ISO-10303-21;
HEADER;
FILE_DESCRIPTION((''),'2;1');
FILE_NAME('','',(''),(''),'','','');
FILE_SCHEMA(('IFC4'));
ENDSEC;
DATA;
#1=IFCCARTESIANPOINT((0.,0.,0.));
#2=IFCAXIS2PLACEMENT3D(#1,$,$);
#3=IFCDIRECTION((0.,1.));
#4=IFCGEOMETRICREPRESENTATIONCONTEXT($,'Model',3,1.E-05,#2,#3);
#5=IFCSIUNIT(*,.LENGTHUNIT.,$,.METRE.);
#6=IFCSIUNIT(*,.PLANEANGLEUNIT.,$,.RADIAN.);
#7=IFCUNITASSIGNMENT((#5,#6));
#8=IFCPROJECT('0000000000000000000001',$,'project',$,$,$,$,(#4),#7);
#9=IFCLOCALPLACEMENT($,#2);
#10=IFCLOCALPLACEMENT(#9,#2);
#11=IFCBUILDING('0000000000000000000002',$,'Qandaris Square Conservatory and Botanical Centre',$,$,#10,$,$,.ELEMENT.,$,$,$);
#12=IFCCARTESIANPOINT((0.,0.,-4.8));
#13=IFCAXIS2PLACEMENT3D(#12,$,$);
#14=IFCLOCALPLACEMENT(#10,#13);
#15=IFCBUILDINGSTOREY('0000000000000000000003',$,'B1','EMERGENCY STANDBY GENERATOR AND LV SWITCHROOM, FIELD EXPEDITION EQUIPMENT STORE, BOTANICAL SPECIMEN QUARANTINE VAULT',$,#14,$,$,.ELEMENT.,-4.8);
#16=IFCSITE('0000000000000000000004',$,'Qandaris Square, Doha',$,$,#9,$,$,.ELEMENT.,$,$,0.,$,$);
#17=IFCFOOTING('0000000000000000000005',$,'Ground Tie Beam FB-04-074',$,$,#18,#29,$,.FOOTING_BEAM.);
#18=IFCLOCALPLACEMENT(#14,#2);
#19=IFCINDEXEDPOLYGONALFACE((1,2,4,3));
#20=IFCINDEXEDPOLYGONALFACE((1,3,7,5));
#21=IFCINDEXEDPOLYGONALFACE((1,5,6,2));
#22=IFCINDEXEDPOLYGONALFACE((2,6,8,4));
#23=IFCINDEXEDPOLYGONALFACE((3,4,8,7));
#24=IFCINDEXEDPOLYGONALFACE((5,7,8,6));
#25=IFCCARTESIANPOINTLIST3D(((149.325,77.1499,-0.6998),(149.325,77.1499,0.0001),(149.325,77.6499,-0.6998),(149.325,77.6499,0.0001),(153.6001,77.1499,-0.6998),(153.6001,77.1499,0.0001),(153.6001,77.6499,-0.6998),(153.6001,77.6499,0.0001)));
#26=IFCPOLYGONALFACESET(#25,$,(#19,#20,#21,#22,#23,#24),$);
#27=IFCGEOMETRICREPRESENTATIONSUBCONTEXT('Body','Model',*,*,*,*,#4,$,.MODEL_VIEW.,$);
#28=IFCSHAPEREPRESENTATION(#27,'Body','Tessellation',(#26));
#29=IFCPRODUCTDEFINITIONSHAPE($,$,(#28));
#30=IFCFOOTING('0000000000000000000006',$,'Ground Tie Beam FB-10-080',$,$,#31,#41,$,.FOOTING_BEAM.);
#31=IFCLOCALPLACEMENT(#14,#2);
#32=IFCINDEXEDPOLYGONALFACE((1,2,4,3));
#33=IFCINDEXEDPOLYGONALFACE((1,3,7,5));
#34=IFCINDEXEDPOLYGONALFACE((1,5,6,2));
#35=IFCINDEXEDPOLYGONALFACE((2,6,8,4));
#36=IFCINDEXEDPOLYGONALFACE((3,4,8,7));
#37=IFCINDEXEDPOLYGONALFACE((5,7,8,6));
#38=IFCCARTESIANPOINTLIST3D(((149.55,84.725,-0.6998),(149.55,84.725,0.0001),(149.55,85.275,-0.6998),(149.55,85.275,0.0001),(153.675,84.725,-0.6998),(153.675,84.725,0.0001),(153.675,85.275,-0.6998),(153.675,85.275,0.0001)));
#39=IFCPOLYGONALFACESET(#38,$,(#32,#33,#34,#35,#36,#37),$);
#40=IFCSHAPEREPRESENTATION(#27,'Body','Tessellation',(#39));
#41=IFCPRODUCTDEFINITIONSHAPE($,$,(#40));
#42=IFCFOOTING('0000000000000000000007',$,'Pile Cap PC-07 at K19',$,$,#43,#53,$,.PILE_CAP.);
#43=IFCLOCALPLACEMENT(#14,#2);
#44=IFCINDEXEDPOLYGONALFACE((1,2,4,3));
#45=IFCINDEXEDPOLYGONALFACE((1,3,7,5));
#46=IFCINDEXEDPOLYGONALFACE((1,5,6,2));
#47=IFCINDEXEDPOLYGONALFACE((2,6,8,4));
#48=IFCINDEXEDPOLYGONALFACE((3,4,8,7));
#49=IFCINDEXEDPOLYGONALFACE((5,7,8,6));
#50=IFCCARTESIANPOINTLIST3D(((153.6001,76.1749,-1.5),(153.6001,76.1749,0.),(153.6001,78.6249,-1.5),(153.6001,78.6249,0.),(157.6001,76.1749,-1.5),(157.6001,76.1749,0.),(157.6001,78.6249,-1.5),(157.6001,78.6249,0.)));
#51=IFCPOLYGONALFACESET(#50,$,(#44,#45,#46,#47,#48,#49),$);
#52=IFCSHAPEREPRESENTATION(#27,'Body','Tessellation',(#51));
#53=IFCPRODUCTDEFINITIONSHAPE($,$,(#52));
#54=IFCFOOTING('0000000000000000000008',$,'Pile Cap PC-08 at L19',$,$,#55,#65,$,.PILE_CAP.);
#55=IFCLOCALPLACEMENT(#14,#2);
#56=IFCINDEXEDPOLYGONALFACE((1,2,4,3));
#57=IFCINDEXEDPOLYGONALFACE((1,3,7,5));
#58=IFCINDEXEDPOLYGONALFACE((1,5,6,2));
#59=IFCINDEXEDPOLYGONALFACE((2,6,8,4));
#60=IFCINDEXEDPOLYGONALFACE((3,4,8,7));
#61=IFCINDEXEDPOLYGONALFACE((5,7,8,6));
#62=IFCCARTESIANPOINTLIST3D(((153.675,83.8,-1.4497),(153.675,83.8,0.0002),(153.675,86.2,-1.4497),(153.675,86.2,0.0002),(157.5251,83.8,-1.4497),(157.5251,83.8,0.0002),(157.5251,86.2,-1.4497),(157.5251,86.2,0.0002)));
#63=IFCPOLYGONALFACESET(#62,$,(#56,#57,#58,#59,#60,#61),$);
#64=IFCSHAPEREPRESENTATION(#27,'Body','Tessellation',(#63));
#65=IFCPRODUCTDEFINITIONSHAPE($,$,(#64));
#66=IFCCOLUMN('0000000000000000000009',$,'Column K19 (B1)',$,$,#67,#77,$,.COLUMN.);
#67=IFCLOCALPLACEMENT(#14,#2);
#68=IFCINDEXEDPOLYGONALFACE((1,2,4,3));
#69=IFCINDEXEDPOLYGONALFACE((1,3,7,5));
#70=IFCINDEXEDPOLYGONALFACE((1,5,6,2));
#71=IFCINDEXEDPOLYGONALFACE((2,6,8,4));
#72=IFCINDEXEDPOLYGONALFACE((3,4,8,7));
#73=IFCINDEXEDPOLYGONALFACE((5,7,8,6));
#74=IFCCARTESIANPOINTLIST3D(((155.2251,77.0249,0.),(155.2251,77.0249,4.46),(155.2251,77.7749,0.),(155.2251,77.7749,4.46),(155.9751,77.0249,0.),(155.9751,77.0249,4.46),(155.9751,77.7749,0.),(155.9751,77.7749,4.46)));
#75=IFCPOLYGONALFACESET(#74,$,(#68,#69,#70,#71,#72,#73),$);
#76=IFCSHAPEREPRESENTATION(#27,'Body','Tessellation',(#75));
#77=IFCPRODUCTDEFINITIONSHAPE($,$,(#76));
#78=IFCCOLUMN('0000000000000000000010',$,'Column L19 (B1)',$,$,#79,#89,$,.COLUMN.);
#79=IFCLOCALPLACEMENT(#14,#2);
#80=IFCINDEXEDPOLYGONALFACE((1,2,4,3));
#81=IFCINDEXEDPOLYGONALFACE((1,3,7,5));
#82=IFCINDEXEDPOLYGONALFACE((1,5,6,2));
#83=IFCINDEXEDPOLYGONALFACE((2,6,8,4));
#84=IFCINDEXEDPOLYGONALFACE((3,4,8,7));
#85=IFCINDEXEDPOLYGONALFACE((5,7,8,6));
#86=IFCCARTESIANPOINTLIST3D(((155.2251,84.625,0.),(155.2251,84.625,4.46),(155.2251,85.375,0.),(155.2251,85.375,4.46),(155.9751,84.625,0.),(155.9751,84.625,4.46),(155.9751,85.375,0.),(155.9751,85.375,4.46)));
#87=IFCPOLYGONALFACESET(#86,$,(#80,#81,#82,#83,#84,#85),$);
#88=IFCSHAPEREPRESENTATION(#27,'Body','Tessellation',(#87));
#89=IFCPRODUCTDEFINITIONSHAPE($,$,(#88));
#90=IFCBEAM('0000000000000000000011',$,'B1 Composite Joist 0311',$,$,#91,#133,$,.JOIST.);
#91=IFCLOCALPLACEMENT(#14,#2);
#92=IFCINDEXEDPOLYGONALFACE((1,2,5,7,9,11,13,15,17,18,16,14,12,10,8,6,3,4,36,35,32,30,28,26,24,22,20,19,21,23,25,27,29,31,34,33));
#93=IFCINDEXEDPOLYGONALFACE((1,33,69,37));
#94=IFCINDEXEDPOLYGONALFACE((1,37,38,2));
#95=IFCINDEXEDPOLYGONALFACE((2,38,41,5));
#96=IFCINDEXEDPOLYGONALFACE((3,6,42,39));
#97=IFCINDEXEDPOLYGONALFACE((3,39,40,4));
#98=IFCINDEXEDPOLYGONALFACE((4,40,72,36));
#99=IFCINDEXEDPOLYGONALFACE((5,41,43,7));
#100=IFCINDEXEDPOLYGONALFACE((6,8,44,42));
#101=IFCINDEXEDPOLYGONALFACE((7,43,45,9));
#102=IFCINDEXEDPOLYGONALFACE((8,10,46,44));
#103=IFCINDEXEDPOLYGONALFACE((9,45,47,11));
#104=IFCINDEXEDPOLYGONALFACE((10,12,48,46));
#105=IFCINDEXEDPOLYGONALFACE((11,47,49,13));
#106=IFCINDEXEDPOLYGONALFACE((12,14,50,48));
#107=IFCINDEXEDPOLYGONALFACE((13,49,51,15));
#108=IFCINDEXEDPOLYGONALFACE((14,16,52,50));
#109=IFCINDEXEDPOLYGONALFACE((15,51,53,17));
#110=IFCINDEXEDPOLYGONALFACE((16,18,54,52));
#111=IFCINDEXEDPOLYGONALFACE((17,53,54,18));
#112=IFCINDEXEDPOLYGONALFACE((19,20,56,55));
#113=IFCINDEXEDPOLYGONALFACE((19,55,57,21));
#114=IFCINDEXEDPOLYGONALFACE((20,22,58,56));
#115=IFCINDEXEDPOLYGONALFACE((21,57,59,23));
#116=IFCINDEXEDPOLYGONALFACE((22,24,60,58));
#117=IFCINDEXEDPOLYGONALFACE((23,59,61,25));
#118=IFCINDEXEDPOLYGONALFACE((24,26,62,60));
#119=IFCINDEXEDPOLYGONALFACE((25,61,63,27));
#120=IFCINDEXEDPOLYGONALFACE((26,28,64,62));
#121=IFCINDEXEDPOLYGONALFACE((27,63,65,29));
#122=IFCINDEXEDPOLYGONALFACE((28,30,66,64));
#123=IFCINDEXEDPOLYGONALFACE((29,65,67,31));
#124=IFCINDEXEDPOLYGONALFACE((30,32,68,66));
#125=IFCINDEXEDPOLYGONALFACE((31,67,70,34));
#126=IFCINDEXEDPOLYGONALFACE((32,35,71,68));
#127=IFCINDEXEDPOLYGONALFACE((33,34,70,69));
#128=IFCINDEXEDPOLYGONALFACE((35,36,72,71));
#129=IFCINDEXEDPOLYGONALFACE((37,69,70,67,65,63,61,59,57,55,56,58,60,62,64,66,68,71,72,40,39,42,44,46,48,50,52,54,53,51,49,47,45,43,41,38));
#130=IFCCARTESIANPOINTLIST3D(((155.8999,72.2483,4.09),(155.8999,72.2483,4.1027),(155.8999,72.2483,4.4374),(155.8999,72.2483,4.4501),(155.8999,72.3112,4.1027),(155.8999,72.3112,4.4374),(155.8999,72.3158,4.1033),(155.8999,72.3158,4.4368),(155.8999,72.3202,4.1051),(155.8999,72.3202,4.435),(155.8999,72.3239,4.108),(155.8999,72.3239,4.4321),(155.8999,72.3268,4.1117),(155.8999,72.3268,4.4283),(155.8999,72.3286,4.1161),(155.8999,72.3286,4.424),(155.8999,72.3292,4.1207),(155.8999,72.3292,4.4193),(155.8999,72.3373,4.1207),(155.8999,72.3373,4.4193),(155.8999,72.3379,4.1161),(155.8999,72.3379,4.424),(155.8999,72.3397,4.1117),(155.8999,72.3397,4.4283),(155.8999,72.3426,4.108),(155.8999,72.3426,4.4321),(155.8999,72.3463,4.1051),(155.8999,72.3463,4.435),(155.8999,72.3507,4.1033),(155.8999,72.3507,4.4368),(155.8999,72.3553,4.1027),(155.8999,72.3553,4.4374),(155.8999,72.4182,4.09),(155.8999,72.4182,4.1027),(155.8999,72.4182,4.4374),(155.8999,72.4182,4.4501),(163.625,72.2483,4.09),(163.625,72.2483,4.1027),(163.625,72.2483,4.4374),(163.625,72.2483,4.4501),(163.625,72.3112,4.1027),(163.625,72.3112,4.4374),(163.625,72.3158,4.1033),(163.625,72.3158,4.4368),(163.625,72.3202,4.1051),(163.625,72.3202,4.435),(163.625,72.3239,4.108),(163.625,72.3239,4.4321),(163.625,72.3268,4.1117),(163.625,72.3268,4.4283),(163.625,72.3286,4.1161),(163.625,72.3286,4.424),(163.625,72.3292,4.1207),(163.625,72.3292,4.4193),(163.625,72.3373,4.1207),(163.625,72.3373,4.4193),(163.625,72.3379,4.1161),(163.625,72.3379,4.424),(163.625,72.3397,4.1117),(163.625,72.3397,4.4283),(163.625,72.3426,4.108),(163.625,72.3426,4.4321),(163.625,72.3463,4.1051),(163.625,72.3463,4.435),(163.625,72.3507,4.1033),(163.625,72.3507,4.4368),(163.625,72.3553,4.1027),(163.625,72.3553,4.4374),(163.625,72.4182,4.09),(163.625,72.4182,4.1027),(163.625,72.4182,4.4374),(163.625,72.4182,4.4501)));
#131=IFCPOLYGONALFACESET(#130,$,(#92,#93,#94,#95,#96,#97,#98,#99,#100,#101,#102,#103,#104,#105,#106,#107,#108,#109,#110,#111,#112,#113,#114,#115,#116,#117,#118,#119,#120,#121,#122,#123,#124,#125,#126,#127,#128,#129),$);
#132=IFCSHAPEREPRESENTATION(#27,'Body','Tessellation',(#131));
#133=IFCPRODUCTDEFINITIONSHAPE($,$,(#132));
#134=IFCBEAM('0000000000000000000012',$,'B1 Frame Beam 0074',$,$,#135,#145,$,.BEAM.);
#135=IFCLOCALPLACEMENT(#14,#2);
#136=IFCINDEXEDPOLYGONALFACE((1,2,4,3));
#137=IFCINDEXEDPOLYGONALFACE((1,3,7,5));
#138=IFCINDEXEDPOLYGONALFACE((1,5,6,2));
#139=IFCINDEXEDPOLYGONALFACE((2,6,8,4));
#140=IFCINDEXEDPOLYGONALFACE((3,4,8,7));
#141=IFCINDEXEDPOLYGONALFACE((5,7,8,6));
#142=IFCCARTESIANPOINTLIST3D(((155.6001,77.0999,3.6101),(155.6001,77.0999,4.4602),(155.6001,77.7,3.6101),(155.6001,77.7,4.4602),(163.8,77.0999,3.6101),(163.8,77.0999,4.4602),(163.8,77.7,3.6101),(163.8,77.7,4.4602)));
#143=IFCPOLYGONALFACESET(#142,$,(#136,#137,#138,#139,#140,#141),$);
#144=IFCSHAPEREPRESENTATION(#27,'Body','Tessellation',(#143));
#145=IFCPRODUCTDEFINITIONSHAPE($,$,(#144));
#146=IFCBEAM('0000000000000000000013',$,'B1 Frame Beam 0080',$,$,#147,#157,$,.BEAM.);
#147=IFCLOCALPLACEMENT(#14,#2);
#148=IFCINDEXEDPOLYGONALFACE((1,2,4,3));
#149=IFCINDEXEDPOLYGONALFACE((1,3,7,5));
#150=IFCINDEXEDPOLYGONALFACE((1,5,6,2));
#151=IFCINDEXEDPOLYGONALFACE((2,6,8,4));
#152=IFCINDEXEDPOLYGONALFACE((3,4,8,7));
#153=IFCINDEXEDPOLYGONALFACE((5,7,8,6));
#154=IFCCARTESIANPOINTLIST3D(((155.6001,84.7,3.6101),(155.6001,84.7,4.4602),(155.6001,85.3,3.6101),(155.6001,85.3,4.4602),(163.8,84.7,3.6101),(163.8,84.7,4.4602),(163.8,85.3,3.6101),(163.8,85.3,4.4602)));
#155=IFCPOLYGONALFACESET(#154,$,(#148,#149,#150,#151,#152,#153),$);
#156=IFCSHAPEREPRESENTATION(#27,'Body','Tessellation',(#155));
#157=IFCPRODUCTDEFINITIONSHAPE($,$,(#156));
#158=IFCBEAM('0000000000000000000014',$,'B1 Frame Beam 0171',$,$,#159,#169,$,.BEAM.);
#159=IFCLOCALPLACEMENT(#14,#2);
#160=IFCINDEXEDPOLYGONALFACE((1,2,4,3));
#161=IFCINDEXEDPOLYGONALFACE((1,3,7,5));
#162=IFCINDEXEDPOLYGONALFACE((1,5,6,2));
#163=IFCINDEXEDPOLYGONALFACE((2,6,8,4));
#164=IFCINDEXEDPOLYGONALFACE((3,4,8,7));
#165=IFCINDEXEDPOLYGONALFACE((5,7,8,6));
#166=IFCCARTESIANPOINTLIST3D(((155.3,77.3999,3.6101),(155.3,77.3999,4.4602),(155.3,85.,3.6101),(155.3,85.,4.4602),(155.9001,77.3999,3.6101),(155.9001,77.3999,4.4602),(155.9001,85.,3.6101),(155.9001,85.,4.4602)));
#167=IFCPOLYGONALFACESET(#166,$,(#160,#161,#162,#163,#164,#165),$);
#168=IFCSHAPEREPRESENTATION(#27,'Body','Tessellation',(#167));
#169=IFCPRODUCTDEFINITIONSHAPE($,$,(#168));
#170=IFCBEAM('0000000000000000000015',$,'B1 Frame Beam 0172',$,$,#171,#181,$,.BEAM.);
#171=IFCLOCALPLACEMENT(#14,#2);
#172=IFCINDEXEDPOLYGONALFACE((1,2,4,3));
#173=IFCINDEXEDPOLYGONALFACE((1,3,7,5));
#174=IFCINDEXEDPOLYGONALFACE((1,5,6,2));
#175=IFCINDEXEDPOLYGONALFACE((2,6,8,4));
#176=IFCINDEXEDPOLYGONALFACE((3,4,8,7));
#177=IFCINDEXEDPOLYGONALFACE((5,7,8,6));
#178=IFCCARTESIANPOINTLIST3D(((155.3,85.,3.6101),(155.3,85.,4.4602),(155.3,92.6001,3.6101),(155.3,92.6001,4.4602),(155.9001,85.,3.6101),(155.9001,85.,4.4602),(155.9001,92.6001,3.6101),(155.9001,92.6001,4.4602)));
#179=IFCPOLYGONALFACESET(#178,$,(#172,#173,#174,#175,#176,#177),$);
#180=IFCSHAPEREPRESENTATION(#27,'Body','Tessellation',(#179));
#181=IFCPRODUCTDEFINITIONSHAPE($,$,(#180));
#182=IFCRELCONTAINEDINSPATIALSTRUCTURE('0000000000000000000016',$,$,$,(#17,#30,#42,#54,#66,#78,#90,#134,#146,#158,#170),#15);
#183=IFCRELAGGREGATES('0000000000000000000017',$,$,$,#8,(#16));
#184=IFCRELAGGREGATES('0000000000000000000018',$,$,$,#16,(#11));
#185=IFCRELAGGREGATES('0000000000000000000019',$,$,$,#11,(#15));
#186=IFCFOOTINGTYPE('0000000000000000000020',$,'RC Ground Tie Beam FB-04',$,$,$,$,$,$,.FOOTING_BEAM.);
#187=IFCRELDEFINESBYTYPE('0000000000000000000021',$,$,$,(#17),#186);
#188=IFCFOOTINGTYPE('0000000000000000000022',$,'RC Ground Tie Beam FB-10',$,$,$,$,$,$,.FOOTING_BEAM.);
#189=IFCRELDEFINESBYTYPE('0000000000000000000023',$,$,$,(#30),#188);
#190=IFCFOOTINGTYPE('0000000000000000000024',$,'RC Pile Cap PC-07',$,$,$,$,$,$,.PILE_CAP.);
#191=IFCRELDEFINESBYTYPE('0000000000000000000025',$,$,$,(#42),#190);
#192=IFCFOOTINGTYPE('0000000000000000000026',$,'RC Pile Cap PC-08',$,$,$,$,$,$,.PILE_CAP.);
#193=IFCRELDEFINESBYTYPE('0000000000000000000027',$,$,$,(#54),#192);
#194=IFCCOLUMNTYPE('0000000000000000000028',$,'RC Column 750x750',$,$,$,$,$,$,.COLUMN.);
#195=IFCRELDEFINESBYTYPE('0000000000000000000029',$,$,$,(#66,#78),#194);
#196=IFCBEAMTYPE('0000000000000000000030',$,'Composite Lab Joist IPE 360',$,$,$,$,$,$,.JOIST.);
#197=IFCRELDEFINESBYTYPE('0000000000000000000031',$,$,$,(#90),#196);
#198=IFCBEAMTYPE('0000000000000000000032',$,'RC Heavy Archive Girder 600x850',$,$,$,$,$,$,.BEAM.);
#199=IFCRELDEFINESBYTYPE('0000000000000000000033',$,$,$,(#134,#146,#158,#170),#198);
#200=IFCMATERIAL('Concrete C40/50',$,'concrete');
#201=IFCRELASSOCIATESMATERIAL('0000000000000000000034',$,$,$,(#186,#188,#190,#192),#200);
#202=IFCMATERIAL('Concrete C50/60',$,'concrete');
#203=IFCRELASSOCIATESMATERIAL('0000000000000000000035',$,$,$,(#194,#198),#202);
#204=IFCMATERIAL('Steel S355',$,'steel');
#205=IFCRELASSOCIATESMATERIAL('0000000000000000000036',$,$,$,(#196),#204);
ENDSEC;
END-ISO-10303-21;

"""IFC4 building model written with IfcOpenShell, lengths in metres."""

from ifc_helpers import new_model, si_unit, direction, frame, origin, origin_2d, place, context, subcontext, project, spatial, rectangle, i_section, extrude, material, material_profile, profile_set, type_object, element, save


model = new_model("IFC4")

# Units and contexts
model_context = context("Model", 3, precision=1e-05, world=origin(), true_north=direction((0.0, 1.0)))
body_context = subcontext(model_context, "Body", "Model", "MODEL_VIEW")
ifc_project = project(units=[si_unit("LENGTHUNIT", "METRE"), si_unit("PLANEANGLEUNIT", "RADIAN")], contexts=[model_context])

# Site, building, storey
site_placement = place(None, origin())
site = spatial("IfcSite", under=ifc_project, at=site_placement, Name="Qandaris Square, Doha", CompositionType="ELEMENT", RefElevation=0.0)
building_placement = place(site_placement, origin())
building = spatial("IfcBuilding", under=site, at=building_placement, Name="Qandaris Square Conservatory and Botanical Centre", CompositionType="ELEMENT")
storey_placement = place(building_placement, frame((0.0, 0.0, -4.8)))
storey = spatial("IfcBuildingStorey", under=building, at=storey_placement, Name="B1", Description="EMERGENCY STANDBY GENERATOR AND LV SWITCHROOM, FIELD EXPEDITION EQUIPMENT STORE, BOTANICAL SPECIMEN QUARANTINE VAULT", CompositionType="ELEMENT", Elevation=-4.8)

# Shared definitions
ifc_material_1 = material(Name="Concrete C50/60", Category="concrete")

# Footings
ifc_material_2 = material(Name="Concrete C40/50", Category="concrete")
ifc_material_profile_1 = material_profile(ifc_material_2, rectangle(XDim=0.5, YDim=0.7, at=origin_2d()), Name="FB 500x700")
ifc_profile_set_1 = profile_set([ifc_material_profile_1], Name="Concrete C40/50")
footing_type_1 = type_object("IfcFootingType", Name="RC Ground Tie Beam FB-04", PredefinedType="FOOTING_BEAM", material=ifc_profile_set_1)
footing_1_placement = place(storey_placement, frame((149.325, 77.3999, -0.3499), z_axis=(1.0, 0.0, 0.0), x_axis=(0.0, 1.0, 0.0)))
element("IfcFooting", 1, at=footing_1_placement, inside=storey, type_object=footing_type_1, Name="Ground Tie Beam FB-04-074", PredefinedType="FOOTING_BEAM", context=body_context, shape_type="SweptSolid", body=[
    extrude(rectangle(XDim=0.5, YDim=0.7, at=origin_2d()), origin(), (0.0, 0.0, 1.0), 4.2751),
])
ifc_material_profile_2 = material_profile(ifc_material_2, rectangle(XDim=0.55, YDim=0.7, at=origin_2d()), Name="FB 550x700")
ifc_profile_set_2 = profile_set([ifc_material_profile_2], Name="Concrete C40/50")
footing_type_2 = type_object("IfcFootingType", Name="RC Ground Tie Beam FB-10", PredefinedType="FOOTING_BEAM", material=ifc_profile_set_2)
footing_2_placement = place(storey_placement, frame((149.55, 85.0, -0.3499), z_axis=(1.0, 0.0, 0.0), x_axis=(0.0, 1.0, 0.0)))
element("IfcFooting", 2, at=footing_2_placement, inside=storey, type_object=footing_type_2, Name="Ground Tie Beam FB-10-080", PredefinedType="FOOTING_BEAM", context=body_context, shape_type="SweptSolid", body=[
    extrude(rectangle(XDim=0.55, YDim=0.7, at=origin_2d()), origin(), (0.0, 0.0, 1.0), 4.125),
])
footing_type_3 = type_object("IfcFootingType", Name="RC Pile Cap PC-07", PredefinedType="PILE_CAP", material=ifc_material_2)
footing_3_placement = place(storey_placement, frame((155.6001, 77.3999, -1.5), z_axis=(0.0, 0.0, 1.0), x_axis=(1.0, 0.0, 0.0)))
element("IfcFooting", 3, at=footing_3_placement, inside=storey, type_object=footing_type_3, Name="Pile Cap PC-07 at K19", PredefinedType="PILE_CAP", context=body_context, shape_type="SweptSolid", body=[
    extrude(rectangle(XDim=4.0, YDim=2.45, at=origin_2d()), origin(), (0.0, 0.0, 1.0), 1.5),
])
footing_type_4 = type_object("IfcFootingType", Name="RC Pile Cap PC-08", PredefinedType="PILE_CAP", material=ifc_material_2)
footing_4_placement = place(storey_placement, frame((155.6001, 85.0, -1.4497), z_axis=(0.0, 0.0, 1.0), x_axis=(1.0, 0.0, 0.0)))
element("IfcFooting", 4, at=footing_4_placement, inside=storey, type_object=footing_type_4, Name="Pile Cap PC-08 at L19", PredefinedType="PILE_CAP", context=body_context, shape_type="SweptSolid", body=[
    extrude(rectangle(XDim=3.8501, YDim=2.3999, at=origin_2d()), origin(), (0.0, 0.0, 1.0), 1.45),
])

# Columns
ifc_material_profile_3 = material_profile(ifc_material_1, rectangle(XDim=0.75, YDim=0.75, at=origin_2d()), Name="RC-COL 750x750")
ifc_profile_set_3 = profile_set([ifc_material_profile_3], Name="Concrete C50/60")
column_type = type_object("IfcColumnType", Name="RC Column 750x750", PredefinedType="COLUMN", material=ifc_profile_set_3)
for number, where, z_axis, x_axis, name in (
    (5, (155.6001, 77.3999, 0.0), (0.0, 0.0, 1.0), (1.0, 0.0, 0.0), "Column K19 (B1)"),
    (6, (155.6001, 85.0, 0.0), (0.0, 0.0, 1.0), (1.0, 0.0, 0.0), "Column L19 (B1)"),
):
    element("IfcColumn", number, at=place(storey_placement, frame(where, z_axis=z_axis, x_axis=x_axis)), inside=storey, type_object=column_type, Name=name, PredefinedType="COLUMN", context=body_context, shape_type="SweptSolid", body=[
        extrude(rectangle(XDim=0.75, YDim=0.75, at=origin_2d()), origin(), (0.0, 0.0, 1.0), 4.46),
    ])

# Beams
ifc_material_3 = material(Name="Steel S355", Category="steel")
ifc_material_profile_4 = material_profile(ifc_material_3, i_section(OverallWidth=0.1699, OverallDepth=0.3601, WebThickness=0.0081, FlangeThickness=0.0127, FilletRadius=0.0181, at=origin_2d()), Name="IPE 360")
ifc_profile_set_4 = profile_set([ifc_material_profile_4], Name="Steel S355")
beam_type_1 = type_object("IfcBeamType", Name="Composite Lab Joist IPE 360", PredefinedType="JOIST", material=ifc_profile_set_4)
beam_placement = place(storey_placement, frame((155.8999, 72.3333, 4.27), z_axis=(1.0, 0.0, 0.0), x_axis=(0.0, 1.0, 0.0)))
element("IfcBeam", 7, at=beam_placement, inside=storey, type_object=beam_type_1, Name="B1 Composite Joist 0311", PredefinedType="JOIST", context=body_context, shape_type="SweptSolid", body=[
    extrude(i_section(OverallWidth=0.1699, OverallDepth=0.3601, WebThickness=0.0081, FlangeThickness=0.0127, FilletRadius=0.0181, at=origin_2d()), origin(), (0.0, 0.0, 1.0), 7.7251),
])
ifc_material_profile_5 = material_profile(ifc_material_1, rectangle(XDim=0.6001, YDim=0.8501, at=origin_2d()), Name="RC-BM 600x850")
ifc_profile_set_5 = profile_set([ifc_material_profile_5], Name="Concrete C50/60")
beam_type_2 = type_object("IfcBeamType", Name="RC Heavy Archive Girder 600x850", PredefinedType="BEAM", material=ifc_profile_set_5)
for number, where, z_axis, x_axis, name in (
    (8, (155.6001, 77.3999, 4.0352), (1.0, 0.0, 0.0), (0.0, 1.0, 0.0), "B1 Frame Beam 0074"),
    (9, (155.6001, 85.0, 4.0352), (1.0, 0.0, 0.0), (0.0, 1.0, 0.0), "B1 Frame Beam 0080"),
):
    element("IfcBeam", number, at=place(storey_placement, frame(where, z_axis=z_axis, x_axis=x_axis)), inside=storey, type_object=beam_type_2, Name=name, PredefinedType="BEAM", context=body_context, shape_type="SweptSolid", body=[
        extrude(rectangle(XDim=0.6001, YDim=0.8501, at=origin_2d()), origin(), (0.0, 0.0, 1.0), 8.2),
    ])
for number, where, z_axis, x_axis, name in (
    (10, (155.6001, 77.3999, 4.0352), (0.0, 1.0, 0.0), (-1.0, 0.0, 0.0), "B1 Frame Beam 0171"),
    (11, (155.6001, 85.0, 4.0352), (0.0, 1.0, 0.0), (-1.0, 0.0, 0.0), "B1 Frame Beam 0172"),
):
    element("IfcBeam", number, at=place(storey_placement, frame(where, z_axis=z_axis, x_axis=x_axis)), inside=storey, type_object=beam_type_2, Name=name, PredefinedType="BEAM", context=body_context, shape_type="SweptSolid", body=[
        extrude(rectangle(XDim=0.6001, YDim=0.8501, at=origin_2d()), origin(), (0.0, 0.0, 1.0), 7.6001),
    ])

save(model, "model.ifc")
